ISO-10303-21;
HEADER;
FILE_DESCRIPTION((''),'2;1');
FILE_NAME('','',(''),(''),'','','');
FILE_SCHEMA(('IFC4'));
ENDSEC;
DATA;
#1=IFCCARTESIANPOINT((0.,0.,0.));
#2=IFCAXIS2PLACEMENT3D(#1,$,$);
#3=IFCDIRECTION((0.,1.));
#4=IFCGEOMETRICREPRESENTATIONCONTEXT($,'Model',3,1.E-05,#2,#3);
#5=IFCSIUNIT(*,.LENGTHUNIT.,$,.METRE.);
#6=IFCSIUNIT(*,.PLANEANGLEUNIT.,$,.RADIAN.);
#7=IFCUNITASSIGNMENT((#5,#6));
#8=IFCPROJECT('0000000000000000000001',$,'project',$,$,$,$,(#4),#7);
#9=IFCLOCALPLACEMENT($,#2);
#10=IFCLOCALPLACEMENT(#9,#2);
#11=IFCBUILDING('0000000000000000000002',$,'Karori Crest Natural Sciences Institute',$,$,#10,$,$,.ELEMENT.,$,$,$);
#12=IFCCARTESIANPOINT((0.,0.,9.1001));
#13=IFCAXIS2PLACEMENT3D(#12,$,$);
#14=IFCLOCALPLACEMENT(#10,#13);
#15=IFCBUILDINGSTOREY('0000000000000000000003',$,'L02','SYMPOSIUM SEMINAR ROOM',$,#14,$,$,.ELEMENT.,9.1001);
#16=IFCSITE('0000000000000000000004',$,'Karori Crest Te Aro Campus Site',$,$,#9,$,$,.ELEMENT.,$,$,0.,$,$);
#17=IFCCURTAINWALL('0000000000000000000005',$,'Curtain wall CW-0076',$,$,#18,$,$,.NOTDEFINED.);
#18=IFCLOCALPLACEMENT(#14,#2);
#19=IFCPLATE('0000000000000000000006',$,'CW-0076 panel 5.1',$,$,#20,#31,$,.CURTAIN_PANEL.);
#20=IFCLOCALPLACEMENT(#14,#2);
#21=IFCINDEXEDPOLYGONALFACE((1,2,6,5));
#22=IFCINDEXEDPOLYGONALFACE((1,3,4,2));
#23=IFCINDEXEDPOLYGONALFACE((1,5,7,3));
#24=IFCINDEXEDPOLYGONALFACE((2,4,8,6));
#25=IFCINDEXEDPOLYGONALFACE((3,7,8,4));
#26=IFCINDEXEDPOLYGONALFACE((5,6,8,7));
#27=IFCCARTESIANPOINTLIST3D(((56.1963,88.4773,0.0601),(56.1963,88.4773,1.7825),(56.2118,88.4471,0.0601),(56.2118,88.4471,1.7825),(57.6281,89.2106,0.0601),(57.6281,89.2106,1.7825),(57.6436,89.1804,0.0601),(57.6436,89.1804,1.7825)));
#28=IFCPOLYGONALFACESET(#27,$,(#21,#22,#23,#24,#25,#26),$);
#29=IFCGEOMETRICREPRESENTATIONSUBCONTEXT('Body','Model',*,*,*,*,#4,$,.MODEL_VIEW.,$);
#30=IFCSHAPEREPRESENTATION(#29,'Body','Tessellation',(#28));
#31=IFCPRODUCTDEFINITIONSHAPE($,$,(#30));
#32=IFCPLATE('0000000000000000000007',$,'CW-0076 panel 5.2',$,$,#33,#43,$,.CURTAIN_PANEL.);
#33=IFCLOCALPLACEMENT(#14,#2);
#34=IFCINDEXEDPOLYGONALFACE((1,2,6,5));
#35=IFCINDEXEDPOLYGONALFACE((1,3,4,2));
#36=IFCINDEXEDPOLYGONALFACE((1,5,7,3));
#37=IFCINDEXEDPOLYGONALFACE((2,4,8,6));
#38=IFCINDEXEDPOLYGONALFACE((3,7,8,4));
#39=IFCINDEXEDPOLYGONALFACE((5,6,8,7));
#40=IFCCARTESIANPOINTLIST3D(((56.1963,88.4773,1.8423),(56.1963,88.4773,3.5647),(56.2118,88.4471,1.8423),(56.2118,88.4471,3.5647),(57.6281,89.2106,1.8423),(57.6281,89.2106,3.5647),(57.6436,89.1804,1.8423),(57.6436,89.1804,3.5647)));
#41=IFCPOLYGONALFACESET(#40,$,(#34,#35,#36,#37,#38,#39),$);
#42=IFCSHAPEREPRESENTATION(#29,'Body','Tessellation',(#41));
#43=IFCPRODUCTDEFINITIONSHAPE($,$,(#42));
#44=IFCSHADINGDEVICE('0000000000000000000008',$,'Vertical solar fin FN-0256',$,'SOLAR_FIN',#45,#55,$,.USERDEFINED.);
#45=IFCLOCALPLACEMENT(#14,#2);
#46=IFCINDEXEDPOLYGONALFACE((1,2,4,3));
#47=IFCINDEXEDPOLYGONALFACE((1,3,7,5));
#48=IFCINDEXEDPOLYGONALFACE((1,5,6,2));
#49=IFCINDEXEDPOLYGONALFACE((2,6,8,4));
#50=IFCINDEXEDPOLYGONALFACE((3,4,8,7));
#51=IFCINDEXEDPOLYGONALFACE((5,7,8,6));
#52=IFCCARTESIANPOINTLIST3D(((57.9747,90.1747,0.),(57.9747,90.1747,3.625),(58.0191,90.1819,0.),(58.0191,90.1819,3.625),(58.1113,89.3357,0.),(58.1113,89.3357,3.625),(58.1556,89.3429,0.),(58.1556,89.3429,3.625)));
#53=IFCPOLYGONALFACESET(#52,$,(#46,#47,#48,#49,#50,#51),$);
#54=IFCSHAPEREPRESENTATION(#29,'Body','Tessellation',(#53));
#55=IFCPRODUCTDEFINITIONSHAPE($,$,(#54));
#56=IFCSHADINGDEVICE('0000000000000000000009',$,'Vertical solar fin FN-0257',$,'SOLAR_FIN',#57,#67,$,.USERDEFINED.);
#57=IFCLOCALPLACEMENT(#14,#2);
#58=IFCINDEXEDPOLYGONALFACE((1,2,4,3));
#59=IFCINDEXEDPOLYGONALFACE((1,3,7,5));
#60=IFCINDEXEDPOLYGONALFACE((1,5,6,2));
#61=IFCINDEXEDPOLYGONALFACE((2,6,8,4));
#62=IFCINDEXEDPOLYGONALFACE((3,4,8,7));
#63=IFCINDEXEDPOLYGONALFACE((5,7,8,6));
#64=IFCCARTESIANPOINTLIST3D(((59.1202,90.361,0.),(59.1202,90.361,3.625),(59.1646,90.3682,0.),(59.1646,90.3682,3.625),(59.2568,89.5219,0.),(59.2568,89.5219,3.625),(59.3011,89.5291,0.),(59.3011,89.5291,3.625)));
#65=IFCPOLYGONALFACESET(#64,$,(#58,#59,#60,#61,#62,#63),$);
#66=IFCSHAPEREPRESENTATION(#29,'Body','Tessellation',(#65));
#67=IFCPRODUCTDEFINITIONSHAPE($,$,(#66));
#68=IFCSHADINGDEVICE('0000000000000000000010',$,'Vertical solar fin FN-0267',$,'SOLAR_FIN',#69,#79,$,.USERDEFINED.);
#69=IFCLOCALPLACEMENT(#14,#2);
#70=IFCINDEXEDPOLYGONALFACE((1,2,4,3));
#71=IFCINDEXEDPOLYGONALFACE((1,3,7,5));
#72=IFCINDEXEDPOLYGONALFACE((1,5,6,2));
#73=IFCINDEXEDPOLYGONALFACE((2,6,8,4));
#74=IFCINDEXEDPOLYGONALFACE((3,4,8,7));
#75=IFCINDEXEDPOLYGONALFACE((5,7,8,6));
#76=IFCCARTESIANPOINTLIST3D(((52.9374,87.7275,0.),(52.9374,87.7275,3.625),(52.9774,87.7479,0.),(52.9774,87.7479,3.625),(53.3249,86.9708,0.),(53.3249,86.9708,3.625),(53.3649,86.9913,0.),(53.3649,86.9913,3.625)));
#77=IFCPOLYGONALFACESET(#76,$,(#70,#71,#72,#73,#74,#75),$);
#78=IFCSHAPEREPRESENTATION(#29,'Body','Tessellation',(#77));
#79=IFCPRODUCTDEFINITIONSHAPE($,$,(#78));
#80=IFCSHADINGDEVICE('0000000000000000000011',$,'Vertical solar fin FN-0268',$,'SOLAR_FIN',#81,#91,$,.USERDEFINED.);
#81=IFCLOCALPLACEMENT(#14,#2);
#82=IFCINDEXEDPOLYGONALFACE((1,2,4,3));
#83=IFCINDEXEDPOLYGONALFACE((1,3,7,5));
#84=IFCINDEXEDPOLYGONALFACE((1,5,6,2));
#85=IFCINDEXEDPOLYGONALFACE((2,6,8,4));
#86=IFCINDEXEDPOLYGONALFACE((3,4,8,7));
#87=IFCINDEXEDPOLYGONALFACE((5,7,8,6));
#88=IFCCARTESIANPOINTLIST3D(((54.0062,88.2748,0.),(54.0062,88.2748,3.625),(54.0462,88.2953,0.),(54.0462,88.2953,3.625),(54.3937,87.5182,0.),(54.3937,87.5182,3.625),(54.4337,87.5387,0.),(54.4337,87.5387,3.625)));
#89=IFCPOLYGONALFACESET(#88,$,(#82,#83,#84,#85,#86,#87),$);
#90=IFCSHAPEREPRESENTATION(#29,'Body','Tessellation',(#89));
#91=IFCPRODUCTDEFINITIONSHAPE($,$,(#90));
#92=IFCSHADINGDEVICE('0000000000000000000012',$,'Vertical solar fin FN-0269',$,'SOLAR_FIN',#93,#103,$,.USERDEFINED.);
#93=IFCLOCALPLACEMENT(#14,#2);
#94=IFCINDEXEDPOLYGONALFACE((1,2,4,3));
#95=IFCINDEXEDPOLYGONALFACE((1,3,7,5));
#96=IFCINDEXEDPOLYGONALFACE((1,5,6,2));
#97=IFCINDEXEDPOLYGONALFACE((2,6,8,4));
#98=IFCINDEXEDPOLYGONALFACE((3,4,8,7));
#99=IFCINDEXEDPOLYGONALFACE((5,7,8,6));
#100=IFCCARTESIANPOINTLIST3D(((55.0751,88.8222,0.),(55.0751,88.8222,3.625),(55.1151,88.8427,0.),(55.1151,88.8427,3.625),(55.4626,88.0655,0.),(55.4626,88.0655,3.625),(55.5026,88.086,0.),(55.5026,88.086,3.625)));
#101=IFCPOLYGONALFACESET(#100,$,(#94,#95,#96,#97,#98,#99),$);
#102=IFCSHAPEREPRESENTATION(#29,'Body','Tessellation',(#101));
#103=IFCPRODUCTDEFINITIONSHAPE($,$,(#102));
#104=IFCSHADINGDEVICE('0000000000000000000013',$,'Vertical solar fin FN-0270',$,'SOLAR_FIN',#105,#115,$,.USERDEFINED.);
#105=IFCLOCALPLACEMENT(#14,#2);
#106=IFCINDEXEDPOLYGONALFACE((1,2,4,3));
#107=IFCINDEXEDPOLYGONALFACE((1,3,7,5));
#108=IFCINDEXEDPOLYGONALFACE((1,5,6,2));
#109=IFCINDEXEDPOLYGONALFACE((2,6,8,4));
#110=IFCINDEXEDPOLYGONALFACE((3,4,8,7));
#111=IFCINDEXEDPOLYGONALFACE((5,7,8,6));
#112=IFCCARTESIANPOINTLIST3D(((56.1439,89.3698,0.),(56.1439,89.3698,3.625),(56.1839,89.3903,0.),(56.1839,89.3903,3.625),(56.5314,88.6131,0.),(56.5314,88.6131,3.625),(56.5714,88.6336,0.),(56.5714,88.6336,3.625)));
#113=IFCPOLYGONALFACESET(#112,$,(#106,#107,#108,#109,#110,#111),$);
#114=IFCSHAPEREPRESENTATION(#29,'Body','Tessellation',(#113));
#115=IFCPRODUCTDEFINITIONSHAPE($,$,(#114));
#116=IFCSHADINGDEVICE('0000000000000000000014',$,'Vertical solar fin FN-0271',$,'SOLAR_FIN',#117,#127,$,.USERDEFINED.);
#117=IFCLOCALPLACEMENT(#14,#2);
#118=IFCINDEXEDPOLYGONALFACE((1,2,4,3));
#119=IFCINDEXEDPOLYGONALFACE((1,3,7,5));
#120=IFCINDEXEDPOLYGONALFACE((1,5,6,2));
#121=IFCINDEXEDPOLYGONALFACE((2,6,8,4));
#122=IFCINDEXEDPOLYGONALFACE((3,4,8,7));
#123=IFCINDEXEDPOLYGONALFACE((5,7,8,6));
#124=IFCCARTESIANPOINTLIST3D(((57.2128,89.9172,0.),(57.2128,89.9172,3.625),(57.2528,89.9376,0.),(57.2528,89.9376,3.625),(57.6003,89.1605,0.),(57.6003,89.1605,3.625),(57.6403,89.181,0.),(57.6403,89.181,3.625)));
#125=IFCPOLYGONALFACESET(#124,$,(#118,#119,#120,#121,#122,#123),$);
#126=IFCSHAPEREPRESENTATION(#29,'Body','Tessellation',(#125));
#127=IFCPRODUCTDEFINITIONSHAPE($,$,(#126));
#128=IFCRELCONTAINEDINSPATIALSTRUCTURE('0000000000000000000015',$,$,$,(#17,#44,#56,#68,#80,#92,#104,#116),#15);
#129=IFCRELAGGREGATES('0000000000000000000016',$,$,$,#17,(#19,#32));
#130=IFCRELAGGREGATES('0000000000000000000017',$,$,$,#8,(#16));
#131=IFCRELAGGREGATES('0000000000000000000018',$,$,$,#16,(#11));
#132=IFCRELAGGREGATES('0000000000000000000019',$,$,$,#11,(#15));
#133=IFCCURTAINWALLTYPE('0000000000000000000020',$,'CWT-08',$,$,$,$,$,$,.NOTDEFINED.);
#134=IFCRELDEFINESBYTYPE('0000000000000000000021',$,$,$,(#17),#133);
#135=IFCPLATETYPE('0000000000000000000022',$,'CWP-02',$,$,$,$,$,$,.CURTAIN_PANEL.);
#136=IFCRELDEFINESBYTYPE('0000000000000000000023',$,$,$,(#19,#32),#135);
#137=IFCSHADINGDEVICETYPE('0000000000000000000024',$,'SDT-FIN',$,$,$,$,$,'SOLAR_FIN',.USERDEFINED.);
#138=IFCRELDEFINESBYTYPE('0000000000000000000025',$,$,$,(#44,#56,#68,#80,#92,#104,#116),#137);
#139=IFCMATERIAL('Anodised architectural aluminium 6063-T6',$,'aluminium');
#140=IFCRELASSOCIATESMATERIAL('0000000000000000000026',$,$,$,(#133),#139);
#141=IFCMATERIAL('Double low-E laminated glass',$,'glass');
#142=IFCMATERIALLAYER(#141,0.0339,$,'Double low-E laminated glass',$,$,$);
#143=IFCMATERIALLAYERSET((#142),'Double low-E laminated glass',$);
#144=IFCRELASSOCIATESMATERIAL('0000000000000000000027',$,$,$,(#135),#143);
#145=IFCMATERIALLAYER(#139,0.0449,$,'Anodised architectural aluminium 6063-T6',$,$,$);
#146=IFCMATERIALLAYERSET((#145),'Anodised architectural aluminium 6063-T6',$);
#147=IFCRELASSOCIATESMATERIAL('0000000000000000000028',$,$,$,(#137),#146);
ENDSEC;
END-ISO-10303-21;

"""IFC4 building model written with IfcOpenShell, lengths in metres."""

from ifc_helpers import new_model, si_unit, direction, frame, origin, origin_2d, place, context, subcontext, project, spatial, rectangle, extrude, material, layer, layer_set, type_object, element, aggregate, save


model = new_model("IFC4")

# Units and contexts
model_context = context("Model", 3, precision=1e-05, world=origin(), true_north=direction((0.0, 1.0)))
body_context = subcontext(model_context, "Body", "Model", "MODEL_VIEW")
ifc_project = project(units=[si_unit("LENGTHUNIT", "METRE"), si_unit("PLANEANGLEUNIT", "RADIAN")], contexts=[model_context])

# Site, building, storey
site_placement = place(None, origin())
site = spatial("IfcSite", under=ifc_project, at=site_placement, Name="Karori Crest Te Aro Campus Site", CompositionType="ELEMENT", RefElevation=0.0)
building_placement = place(site_placement, origin())
building = spatial("IfcBuilding", under=site, at=building_placement, Name="Karori Crest Natural Sciences Institute", CompositionType="ELEMENT")
storey_placement = place(building_placement, frame((0.0, 0.0, 9.1001)))
storey = spatial("IfcBuildingStorey", under=building, at=storey_placement, Name="L02", Description="SYMPOSIUM SEMINAR ROOM", CompositionType="ELEMENT", Elevation=9.1001)

# Curtain wall
ifc_material_1 = material(Name="Anodised architectural aluminium 6063-T6", Category="aluminium")
curtain_wall_type_1 = type_object("IfcCurtainWallType", Name="CWT-08", PredefinedType="NOTDEFINED", material=ifc_material_1)
curtain_wall_1_placement = place(storey_placement, origin())
curtain_wall_1 = element("IfcCurtainWall", 1, at=curtain_wall_1_placement, inside=storey, type_object=curtain_wall_type_1, Name="Curtain wall CW-0076", PredefinedType="NOTDEFINED")

# Plates
ifc_material_2 = material(Name="Double low-E laminated glass", Category="glass")
ifc_layer_1 = layer(ifc_material_2, 0.0339, Name="Double low-E laminated glass")
ifc_layer_set_1 = layer_set([ifc_layer_1], Name="Double low-E laminated glass")
plate_type_1 = type_object("IfcPlateType", Name="CWP-02", PredefinedType="CURTAIN_PANEL", material=ifc_layer_set_1)
plate_1_placement = place(storey_placement, frame((56.9199, 88.8289, 0.0601), z_axis=(0.0, 0.0, 1.0), x_axis=(0.890065, 0.455833, 0.0)))
plate_1 = element("IfcPlate", 2, at=plate_1_placement, type_object=plate_type_1, Name="CW-0076 panel 5.1", PredefinedType="CURTAIN_PANEL", context=body_context, shape_type="SweptSolid", body=[
    extrude(rectangle(XDim=1.6086, YDim=0.0339, at=origin_2d()), origin(), (0.0, 0.0, 1.0), 1.7224),
])
plate_2_placement = place(storey_placement, frame((56.9199, 88.8289, 1.8423), z_axis=(0.0, 0.0, 1.0), x_axis=(0.890065, 0.455833, 0.0)))
plate_2 = element("IfcPlate", 3, at=plate_2_placement, type_object=plate_type_1, Name="CW-0076 panel 5.2", PredefinedType="CURTAIN_PANEL", context=body_context, shape_type="SweptSolid", body=[
    extrude(rectangle(XDim=1.6086, YDim=0.0339, at=origin_2d()), origin(), (0.0, 0.0, 1.0), 1.7224),
])
aggregate(curtain_wall_1, [plate_1, plate_2])

# Shading devices
ifc_layer_2 = layer(ifc_material_1, 0.0449, Name="Anodised architectural aluminium 6063-T6")
ifc_layer_set_2 = layer_set([ifc_layer_2], Name="Anodised architectural aluminium 6063-T6")
shading_device_type = type_object("IfcShadingDeviceType", Name="SDT-FIN", ElementType="SOLAR_FIN", PredefinedType="USERDEFINED", material=ifc_layer_set_2)
for number, where, z_axis, x_axis, name in (
    (4, (58.0652, 89.7588, 0.0), (0.0, 0.0, 1.0), (-0.160656, 0.98701, 0.0), "Vertical solar fin FN-0256"),
    (5, (59.2107, 89.9451, 0.0), (0.0, 0.0, 1.0), (-0.160656, 0.98701, 0.0), "Vertical solar fin FN-0257"),
    (6, (53.1511, 87.3594, 0.0), (0.0, 0.0, 1.0), (-0.455832, 0.890066, 0.0), "Vertical solar fin FN-0267"),
    (7, (54.22, 87.9067, 0.0), (0.0, 0.0, 1.0), (-0.455832, 0.890066, 0.0), "Vertical solar fin FN-0268"),
    (8, (55.2888, 88.4541, 0.0), (0.0, 0.0, 1.0), (-0.455832, 0.890066, 0.0), "Vertical solar fin FN-0269"),
    (9, (56.3577, 89.0017, 0.0), (0.0, 0.0, 1.0), (-0.455832, 0.890066, 0.0), "Vertical solar fin FN-0270"),
    (10, (57.4265, 89.5491, 0.0), (0.0, 0.0, 1.0), (-0.455832, 0.890066, 0.0), "Vertical solar fin FN-0271"),
):
    element("IfcShadingDevice", number, at=place(storey_placement, frame(where, z_axis=z_axis, x_axis=x_axis)), inside=storey, type_object=shading_device_type, Name=name, ObjectType="SOLAR_FIN", PredefinedType="USERDEFINED", context=body_context, shape_type="SweptSolid", body=[
        extrude(rectangle(XDim=0.8501, YDim=0.0449, at=origin_2d()), origin(), (0.0, 0.0, 1.0), 3.625),
    ])

save(model, "model.ifc")
